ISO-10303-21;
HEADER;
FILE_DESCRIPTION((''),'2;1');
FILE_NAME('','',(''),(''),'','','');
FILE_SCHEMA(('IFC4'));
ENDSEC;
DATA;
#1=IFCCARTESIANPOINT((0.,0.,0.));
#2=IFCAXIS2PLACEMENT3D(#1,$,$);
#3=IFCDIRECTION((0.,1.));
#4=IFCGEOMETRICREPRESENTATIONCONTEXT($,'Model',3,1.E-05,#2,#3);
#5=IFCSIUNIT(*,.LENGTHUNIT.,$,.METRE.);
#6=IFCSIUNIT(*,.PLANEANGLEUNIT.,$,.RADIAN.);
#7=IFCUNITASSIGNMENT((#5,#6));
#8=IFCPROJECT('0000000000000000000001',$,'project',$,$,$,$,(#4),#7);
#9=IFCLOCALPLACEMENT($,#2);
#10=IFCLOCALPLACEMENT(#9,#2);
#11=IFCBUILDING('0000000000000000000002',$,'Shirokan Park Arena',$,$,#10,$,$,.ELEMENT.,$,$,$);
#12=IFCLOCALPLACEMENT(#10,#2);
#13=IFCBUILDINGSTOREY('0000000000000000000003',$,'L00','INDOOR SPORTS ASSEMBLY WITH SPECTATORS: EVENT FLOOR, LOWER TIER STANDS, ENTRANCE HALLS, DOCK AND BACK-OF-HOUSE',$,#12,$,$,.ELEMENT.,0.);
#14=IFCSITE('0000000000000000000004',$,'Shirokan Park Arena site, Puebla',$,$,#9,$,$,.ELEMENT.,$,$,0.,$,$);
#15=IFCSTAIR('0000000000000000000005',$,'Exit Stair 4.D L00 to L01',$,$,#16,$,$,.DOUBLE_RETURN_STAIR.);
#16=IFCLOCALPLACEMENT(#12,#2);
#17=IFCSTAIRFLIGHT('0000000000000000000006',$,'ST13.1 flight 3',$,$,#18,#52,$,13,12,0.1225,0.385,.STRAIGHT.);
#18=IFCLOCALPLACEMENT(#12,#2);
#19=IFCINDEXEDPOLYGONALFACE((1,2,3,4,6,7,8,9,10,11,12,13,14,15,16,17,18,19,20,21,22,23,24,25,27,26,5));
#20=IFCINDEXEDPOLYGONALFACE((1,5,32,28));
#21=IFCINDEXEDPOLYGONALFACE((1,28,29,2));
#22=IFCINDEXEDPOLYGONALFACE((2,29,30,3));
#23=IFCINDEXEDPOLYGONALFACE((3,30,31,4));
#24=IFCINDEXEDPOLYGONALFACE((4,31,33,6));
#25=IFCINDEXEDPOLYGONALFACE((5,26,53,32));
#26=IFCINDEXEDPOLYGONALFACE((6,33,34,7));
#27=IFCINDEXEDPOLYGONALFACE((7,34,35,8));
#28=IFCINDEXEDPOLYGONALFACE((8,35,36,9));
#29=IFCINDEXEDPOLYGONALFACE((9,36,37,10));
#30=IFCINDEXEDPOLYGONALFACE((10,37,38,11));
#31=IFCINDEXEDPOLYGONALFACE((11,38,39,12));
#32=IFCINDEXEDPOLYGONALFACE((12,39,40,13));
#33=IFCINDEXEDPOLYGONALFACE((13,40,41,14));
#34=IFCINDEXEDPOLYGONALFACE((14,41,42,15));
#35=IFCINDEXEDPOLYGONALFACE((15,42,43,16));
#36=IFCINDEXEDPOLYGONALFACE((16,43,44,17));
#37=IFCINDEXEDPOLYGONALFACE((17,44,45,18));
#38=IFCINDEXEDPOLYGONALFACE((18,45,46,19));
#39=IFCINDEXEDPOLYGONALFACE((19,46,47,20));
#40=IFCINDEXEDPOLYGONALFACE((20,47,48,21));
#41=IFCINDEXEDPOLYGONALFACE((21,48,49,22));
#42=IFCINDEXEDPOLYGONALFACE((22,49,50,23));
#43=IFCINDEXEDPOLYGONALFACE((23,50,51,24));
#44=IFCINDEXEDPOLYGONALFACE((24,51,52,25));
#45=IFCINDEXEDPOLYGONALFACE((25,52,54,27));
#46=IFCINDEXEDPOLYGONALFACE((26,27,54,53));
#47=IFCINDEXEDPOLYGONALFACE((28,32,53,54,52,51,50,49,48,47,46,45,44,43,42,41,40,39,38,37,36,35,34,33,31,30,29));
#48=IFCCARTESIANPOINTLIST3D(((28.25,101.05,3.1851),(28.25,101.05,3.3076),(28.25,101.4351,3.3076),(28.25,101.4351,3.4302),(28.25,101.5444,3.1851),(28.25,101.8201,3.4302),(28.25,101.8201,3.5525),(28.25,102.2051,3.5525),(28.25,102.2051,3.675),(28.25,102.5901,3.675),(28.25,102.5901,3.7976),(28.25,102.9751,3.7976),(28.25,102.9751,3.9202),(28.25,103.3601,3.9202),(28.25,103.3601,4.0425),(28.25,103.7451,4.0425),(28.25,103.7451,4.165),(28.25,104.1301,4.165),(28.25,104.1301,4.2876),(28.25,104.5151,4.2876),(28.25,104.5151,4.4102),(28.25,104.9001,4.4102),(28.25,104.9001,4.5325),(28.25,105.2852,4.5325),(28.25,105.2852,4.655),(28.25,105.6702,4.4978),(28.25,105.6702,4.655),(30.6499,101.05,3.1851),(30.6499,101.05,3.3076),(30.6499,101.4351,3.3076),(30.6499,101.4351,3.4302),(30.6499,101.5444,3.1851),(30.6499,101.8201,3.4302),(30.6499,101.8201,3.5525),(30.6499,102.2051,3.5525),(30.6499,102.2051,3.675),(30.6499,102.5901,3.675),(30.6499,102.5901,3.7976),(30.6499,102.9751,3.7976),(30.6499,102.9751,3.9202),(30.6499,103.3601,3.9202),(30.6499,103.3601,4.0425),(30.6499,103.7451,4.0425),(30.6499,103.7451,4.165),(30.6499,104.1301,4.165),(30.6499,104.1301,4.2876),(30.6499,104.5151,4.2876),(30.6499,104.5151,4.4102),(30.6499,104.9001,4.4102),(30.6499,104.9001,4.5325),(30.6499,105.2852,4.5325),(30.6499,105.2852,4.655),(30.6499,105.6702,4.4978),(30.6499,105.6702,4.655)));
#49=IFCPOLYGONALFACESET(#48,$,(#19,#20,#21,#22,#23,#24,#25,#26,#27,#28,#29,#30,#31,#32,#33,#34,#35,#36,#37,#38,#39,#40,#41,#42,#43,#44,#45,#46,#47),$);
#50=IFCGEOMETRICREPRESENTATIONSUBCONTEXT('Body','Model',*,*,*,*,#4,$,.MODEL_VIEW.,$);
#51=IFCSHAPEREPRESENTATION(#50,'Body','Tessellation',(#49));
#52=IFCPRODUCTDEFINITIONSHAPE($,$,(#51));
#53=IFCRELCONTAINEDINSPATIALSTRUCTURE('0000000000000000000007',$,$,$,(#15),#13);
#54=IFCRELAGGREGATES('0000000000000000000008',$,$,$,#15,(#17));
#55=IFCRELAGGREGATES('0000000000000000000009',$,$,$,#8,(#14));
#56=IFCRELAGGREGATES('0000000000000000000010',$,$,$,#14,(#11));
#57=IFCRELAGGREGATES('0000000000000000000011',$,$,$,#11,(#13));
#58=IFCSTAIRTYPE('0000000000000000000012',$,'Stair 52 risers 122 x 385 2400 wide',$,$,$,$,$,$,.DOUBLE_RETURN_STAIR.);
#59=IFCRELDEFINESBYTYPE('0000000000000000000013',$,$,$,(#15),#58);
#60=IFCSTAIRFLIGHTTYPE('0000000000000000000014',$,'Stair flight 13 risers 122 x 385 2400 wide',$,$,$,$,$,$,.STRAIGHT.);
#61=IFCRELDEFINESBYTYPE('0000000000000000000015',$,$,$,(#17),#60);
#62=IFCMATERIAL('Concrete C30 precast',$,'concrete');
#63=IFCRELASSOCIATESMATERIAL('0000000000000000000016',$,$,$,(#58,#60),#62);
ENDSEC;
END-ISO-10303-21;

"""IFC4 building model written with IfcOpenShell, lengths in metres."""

from ifc_helpers import new_model, si_unit, direction, frame, origin, place, context, subcontext, project, spatial, polyline, outline, extrude, material, type_object, element, aggregate, save


model = new_model("IFC4")

# Units and contexts
model_context = context("Model", 3, precision=1e-05, world=origin(), true_north=direction((0.0, 1.0)))
body_context = subcontext(model_context, "Body", "Model", "MODEL_VIEW")
ifc_project = project(units=[si_unit("LENGTHUNIT", "METRE"), si_unit("PLANEANGLEUNIT", "RADIAN")], contexts=[model_context])

# Site, building, storey
site_placement = place(None, origin())
site = spatial("IfcSite", under=ifc_project, at=site_placement, Name="Shirokan Park Arena site, Puebla", CompositionType="ELEMENT", RefElevation=0.0)
building_placement = place(site_placement, origin())
building = spatial("IfcBuilding", under=site, at=building_placement, Name="Shirokan Park Arena", CompositionType="ELEMENT")
storey_placement = place(building_placement, origin())
storey = spatial("IfcBuildingStorey", under=building, at=storey_placement, Name="L00", Description="INDOOR SPORTS ASSEMBLY WITH SPECTATORS: EVENT FLOOR, LOWER TIER STANDS, ENTRANCE HALLS, DOCK AND BACK-OF-HOUSE", CompositionType="ELEMENT", Elevation=0.0)

# Stair, stair flight
ifc_material_1 = material(Name="Concrete C30 precast", Category="concrete")
stair_type = type_object("IfcStairType", Name="Stair 52 risers 122 x 385 2400 wide", PredefinedType="DOUBLE_RETURN_STAIR", material=ifc_material_1)
stair_placement = place(storey_placement, origin())
stair = element("IfcStair", 1, at=stair_placement, inside=storey, type_object=stair_type, Name="Exit Stair 4.D L00 to L01", PredefinedType="DOUBLE_RETURN_STAIR")
stair_flight_type = type_object("IfcStairFlightType", Name="Stair flight 13 risers 122 x 385 2400 wide", PredefinedType="STRAIGHT", material=ifc_material_1)
stair_flight_1_placement = place(storey_placement, frame((29.45, 101.05, 3.1851), z_axis=(0.0, 0.0, 1.0), x_axis=(0.0, 1.0, 0.0)))
stair_flight_1 = element("IfcStairFlight", 2, at=stair_flight_1_placement, type_object=stair_flight_type, Name="ST13.1 flight 3", NumberOfRisers=13, NumberOfTreads=12, PredefinedType="STRAIGHT", RiserHeight=0.1225, TreadLength=0.385, context=body_context, shape_type="SweptSolid", body=[
    extrude(outline(polyline([(0.0, 0.0), (0.0, 0.1226), (0.385, 0.1226), (0.385, 0.2451), (0.77, 0.2451), (0.77, 0.3674), (1.155, 0.3674), (1.155, 0.49), (1.54, 0.49), (1.54, 0.6125), (1.925, 0.6125), (1.925, 0.7351), (2.3101, 0.7351), (2.3101, 0.8574), (2.6951, 0.8574), (2.6951, 0.98), (3.0801, 0.98), (3.0801, 1.1025), (3.4651, 1.1025), (3.4651, 1.2251), (3.8501, 1.2251), (3.8501, 1.3474), (4.2351, 1.3474), (4.2351, 1.47), (4.6201, 1.47), (4.6201, 1.5925), (4.6201, 1.3127), (0.4944, 0.0), (0.0, 0.0)])), frame((0.0, 1.2, 0.0), z_axis=(0.0, -1.0, 0.0), x_axis=(1.0, 0.0, 0.0)), (0.0, 0.0, 1.0), 2.3999),
])
aggregate(stair, [stair_flight_1])

save(model, "model.ifc")
